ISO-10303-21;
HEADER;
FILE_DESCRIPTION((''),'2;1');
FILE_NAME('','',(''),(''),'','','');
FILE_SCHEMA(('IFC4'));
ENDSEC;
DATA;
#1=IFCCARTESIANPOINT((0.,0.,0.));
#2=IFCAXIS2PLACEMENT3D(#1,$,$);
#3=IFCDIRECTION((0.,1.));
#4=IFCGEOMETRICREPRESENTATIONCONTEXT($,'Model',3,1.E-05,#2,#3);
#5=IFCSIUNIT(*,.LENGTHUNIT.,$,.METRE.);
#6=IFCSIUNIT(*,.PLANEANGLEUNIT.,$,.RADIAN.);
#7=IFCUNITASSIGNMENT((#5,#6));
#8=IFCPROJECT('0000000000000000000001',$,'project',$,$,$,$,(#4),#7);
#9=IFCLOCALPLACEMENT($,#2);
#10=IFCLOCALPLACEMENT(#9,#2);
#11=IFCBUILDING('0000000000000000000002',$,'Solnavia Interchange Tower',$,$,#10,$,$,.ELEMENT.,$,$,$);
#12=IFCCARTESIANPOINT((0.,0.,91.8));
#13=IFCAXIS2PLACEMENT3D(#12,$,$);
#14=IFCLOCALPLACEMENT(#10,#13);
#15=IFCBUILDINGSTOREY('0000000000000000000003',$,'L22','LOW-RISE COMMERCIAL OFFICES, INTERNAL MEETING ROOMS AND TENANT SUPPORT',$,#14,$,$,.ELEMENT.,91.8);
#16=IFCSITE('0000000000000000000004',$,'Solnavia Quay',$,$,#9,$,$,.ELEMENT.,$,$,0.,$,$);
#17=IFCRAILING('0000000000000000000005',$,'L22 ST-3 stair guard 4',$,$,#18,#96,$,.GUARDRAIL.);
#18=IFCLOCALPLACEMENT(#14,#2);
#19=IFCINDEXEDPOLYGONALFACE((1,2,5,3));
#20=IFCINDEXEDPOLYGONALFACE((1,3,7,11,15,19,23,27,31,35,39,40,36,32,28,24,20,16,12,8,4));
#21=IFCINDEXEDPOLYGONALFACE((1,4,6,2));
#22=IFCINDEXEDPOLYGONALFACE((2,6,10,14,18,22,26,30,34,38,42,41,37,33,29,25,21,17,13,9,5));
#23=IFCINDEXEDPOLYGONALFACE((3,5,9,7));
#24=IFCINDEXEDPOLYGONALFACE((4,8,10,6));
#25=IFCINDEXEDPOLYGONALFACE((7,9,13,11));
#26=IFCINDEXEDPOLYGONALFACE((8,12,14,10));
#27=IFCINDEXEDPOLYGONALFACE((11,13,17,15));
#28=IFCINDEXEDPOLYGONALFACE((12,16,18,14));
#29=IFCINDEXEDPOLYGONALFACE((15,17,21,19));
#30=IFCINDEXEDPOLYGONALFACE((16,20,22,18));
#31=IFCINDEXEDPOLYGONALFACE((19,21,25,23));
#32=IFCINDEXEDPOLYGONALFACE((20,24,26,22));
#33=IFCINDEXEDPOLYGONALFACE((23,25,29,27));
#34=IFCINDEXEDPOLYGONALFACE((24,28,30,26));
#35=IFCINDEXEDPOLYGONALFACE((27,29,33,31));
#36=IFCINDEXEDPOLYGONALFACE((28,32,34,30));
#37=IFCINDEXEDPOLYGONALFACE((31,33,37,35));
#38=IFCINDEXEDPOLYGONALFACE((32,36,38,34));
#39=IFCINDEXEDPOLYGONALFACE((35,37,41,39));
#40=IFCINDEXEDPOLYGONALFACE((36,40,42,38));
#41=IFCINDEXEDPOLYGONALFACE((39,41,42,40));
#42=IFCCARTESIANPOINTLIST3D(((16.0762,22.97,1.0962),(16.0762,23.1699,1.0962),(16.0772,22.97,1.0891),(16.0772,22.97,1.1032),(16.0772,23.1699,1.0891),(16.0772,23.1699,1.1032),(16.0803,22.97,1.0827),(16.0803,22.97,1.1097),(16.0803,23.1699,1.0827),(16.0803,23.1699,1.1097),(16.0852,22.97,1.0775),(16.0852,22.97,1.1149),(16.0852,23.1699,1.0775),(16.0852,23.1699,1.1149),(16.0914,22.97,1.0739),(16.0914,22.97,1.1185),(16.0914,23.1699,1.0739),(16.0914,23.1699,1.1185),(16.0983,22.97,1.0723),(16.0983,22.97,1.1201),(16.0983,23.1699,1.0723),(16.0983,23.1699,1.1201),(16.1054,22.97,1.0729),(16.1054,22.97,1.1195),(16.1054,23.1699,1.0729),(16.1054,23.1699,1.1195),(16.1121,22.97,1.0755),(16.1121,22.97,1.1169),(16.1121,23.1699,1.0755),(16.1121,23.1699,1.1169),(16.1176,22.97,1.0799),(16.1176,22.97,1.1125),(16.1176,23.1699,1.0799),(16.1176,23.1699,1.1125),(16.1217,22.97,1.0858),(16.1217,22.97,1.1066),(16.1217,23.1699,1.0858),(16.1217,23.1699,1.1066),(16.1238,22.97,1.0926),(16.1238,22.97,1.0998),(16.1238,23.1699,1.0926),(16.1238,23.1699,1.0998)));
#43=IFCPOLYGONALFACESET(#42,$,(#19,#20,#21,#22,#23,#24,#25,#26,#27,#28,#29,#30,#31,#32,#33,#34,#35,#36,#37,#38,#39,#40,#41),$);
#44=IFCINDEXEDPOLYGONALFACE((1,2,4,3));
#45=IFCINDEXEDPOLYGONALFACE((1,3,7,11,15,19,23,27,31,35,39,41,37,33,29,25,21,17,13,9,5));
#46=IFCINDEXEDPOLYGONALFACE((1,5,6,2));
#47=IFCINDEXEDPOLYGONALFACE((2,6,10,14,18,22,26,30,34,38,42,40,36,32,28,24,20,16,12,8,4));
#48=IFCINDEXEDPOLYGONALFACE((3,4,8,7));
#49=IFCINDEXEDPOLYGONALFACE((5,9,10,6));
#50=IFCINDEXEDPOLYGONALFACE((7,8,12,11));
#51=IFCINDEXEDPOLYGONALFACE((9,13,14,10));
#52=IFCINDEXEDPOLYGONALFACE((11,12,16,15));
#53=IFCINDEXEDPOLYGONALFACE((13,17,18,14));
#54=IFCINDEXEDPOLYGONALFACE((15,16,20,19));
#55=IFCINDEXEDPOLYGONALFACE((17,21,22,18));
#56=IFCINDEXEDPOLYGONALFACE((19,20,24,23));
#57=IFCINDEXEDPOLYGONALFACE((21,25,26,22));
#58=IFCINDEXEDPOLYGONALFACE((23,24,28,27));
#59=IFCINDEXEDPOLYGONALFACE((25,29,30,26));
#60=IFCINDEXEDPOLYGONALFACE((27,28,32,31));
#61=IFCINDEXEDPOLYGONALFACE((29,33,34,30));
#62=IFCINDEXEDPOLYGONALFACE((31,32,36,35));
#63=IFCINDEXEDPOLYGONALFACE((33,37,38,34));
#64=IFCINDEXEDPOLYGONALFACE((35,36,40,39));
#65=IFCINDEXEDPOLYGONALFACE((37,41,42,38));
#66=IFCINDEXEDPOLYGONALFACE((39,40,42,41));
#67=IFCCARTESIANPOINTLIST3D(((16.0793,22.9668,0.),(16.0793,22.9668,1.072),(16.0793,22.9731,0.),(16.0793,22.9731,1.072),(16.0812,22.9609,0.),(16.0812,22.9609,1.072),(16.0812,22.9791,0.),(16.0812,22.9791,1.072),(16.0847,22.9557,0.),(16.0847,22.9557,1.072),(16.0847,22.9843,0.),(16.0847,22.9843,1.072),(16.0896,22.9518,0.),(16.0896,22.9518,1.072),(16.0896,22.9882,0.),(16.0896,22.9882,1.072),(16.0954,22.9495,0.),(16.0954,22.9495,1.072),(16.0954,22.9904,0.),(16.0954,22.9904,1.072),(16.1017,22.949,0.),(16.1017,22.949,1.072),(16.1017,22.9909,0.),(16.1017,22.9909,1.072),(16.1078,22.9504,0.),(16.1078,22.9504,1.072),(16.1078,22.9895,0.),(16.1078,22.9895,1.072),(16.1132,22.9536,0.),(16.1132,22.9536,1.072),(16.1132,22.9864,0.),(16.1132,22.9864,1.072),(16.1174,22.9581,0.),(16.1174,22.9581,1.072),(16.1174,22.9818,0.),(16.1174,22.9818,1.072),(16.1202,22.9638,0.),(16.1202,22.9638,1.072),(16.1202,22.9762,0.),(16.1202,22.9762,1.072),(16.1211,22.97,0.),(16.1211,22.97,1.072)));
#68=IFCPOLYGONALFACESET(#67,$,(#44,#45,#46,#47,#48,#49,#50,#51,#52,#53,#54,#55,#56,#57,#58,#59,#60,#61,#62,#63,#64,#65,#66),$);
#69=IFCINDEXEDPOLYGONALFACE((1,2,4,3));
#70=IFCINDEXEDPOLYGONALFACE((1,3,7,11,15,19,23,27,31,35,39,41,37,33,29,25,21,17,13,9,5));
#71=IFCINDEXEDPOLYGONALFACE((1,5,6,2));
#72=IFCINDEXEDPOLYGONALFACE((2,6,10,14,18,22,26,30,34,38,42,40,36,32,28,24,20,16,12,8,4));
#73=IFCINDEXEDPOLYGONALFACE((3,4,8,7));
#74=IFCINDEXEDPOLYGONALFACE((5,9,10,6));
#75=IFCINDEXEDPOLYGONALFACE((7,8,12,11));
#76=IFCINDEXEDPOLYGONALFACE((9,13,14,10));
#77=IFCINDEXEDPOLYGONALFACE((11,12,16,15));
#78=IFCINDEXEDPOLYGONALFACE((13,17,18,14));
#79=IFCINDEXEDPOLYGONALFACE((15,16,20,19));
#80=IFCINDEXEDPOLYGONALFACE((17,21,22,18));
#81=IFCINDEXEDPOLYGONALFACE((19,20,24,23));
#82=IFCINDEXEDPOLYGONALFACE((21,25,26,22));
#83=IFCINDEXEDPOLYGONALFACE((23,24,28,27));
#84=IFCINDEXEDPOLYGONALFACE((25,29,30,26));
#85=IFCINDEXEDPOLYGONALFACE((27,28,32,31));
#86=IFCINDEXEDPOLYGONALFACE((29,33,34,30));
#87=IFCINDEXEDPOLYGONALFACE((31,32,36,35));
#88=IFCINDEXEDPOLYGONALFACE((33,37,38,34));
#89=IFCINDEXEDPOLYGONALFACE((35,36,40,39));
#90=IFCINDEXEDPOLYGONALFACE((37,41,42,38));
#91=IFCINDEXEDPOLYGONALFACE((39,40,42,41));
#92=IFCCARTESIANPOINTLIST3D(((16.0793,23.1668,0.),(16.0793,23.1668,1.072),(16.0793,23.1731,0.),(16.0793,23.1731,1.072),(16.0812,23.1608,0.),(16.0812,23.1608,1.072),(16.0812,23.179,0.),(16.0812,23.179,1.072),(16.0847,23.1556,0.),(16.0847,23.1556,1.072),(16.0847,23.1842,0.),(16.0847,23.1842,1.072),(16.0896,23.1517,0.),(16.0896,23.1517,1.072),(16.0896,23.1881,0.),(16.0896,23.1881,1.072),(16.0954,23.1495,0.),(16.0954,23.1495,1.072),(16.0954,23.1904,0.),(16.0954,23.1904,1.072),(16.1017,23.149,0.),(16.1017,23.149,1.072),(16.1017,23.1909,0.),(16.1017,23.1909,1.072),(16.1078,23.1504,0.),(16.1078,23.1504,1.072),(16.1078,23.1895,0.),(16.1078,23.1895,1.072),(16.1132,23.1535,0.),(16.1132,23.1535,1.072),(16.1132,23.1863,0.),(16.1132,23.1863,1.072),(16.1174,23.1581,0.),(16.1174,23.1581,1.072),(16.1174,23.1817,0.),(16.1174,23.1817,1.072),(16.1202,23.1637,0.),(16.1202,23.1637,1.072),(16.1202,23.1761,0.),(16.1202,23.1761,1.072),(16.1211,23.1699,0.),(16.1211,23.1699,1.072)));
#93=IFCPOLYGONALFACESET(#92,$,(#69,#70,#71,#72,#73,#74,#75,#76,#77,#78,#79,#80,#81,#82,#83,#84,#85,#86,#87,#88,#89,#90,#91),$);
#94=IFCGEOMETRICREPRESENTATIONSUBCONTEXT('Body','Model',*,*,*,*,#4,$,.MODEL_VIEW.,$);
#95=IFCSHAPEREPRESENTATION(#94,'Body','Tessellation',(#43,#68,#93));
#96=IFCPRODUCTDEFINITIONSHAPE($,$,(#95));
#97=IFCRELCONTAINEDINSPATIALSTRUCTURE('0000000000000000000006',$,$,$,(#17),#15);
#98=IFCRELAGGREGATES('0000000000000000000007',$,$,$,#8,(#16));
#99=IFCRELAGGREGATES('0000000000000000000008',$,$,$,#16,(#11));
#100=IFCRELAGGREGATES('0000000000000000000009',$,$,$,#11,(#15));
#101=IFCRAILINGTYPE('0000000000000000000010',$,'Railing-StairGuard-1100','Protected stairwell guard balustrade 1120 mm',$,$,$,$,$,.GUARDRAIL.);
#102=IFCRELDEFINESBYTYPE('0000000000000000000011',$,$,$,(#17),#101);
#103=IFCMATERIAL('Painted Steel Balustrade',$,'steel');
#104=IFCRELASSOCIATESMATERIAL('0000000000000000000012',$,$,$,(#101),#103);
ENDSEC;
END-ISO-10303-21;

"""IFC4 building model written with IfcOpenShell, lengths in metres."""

from ifc_helpers import new_model, si_unit, direction, frame, origin, origin_2d, place, context, subcontext, project, spatial, circle, extrude, material, type_object, element, save


model = new_model("IFC4")

# Units and contexts
model_context = context("Model", 3, precision=1e-05, world=origin(), true_north=direction((0.0, 1.0)))
body_context = subcontext(model_context, "Body", "Model", "MODEL_VIEW")
ifc_project = project(units=[si_unit("LENGTHUNIT", "METRE"), si_unit("PLANEANGLEUNIT", "RADIAN")], contexts=[model_context])

# Site, building, storey
site_placement = place(None, origin())
site = spatial("IfcSite", under=ifc_project, at=site_placement, Name="Solnavia Quay", CompositionType="ELEMENT", RefElevation=0.0)
building_placement = place(site_placement, origin())
building = spatial("IfcBuilding", under=site, at=building_placement, Name="Solnavia Interchange Tower", CompositionType="ELEMENT")
storey_placement = place(building_placement, frame((0.0, 0.0, 91.8)))
storey = spatial("IfcBuildingStorey", under=building, at=storey_placement, Name="L22", Description="LOW-RISE COMMERCIAL OFFICES, INTERNAL MEETING ROOMS AND TENANT SUPPORT", CompositionType="ELEMENT", Elevation=91.8)

# Railing
ifc_material_1 = material(Name="Painted Steel Balustrade", Category="steel")
railing_type_1 = type_object("IfcRailingType", Name="Railing-StairGuard-1100", Description="Protected stairwell guard balustrade 1120 mm", PredefinedType="GUARDRAIL", material=ifc_material_1)
railing_1_placement = place(storey_placement, frame((16.1001, 22.97, 0.0)))
element("IfcRailing", 1, at=railing_1_placement, inside=storey, type_object=railing_type_1, Name="L22 ST-3 stair guard 4", PredefinedType="GUARDRAIL", context=body_context, shape_type="SweptSolid", body=[
    extrude(circle(Radius=0.0239, at=origin_2d()), frame((0.0, 0.0, 1.0962), z_axis=(0.0, 1.0, 0.0), x_axis=(-1.0, 0.0, 0.0)), (0.0, 0.0, 1.0), 0.2),
    extrude(circle(Radius=0.021, at=origin_2d()), origin(), (0.0, 0.0, 1.0), 1.072),
    extrude(circle(Radius=0.021, at=origin_2d()), frame((0.0, 0.2, 0.0)), (0.0, 0.0, 1.0), 1.072),
])

save(model, "model.ifc")
